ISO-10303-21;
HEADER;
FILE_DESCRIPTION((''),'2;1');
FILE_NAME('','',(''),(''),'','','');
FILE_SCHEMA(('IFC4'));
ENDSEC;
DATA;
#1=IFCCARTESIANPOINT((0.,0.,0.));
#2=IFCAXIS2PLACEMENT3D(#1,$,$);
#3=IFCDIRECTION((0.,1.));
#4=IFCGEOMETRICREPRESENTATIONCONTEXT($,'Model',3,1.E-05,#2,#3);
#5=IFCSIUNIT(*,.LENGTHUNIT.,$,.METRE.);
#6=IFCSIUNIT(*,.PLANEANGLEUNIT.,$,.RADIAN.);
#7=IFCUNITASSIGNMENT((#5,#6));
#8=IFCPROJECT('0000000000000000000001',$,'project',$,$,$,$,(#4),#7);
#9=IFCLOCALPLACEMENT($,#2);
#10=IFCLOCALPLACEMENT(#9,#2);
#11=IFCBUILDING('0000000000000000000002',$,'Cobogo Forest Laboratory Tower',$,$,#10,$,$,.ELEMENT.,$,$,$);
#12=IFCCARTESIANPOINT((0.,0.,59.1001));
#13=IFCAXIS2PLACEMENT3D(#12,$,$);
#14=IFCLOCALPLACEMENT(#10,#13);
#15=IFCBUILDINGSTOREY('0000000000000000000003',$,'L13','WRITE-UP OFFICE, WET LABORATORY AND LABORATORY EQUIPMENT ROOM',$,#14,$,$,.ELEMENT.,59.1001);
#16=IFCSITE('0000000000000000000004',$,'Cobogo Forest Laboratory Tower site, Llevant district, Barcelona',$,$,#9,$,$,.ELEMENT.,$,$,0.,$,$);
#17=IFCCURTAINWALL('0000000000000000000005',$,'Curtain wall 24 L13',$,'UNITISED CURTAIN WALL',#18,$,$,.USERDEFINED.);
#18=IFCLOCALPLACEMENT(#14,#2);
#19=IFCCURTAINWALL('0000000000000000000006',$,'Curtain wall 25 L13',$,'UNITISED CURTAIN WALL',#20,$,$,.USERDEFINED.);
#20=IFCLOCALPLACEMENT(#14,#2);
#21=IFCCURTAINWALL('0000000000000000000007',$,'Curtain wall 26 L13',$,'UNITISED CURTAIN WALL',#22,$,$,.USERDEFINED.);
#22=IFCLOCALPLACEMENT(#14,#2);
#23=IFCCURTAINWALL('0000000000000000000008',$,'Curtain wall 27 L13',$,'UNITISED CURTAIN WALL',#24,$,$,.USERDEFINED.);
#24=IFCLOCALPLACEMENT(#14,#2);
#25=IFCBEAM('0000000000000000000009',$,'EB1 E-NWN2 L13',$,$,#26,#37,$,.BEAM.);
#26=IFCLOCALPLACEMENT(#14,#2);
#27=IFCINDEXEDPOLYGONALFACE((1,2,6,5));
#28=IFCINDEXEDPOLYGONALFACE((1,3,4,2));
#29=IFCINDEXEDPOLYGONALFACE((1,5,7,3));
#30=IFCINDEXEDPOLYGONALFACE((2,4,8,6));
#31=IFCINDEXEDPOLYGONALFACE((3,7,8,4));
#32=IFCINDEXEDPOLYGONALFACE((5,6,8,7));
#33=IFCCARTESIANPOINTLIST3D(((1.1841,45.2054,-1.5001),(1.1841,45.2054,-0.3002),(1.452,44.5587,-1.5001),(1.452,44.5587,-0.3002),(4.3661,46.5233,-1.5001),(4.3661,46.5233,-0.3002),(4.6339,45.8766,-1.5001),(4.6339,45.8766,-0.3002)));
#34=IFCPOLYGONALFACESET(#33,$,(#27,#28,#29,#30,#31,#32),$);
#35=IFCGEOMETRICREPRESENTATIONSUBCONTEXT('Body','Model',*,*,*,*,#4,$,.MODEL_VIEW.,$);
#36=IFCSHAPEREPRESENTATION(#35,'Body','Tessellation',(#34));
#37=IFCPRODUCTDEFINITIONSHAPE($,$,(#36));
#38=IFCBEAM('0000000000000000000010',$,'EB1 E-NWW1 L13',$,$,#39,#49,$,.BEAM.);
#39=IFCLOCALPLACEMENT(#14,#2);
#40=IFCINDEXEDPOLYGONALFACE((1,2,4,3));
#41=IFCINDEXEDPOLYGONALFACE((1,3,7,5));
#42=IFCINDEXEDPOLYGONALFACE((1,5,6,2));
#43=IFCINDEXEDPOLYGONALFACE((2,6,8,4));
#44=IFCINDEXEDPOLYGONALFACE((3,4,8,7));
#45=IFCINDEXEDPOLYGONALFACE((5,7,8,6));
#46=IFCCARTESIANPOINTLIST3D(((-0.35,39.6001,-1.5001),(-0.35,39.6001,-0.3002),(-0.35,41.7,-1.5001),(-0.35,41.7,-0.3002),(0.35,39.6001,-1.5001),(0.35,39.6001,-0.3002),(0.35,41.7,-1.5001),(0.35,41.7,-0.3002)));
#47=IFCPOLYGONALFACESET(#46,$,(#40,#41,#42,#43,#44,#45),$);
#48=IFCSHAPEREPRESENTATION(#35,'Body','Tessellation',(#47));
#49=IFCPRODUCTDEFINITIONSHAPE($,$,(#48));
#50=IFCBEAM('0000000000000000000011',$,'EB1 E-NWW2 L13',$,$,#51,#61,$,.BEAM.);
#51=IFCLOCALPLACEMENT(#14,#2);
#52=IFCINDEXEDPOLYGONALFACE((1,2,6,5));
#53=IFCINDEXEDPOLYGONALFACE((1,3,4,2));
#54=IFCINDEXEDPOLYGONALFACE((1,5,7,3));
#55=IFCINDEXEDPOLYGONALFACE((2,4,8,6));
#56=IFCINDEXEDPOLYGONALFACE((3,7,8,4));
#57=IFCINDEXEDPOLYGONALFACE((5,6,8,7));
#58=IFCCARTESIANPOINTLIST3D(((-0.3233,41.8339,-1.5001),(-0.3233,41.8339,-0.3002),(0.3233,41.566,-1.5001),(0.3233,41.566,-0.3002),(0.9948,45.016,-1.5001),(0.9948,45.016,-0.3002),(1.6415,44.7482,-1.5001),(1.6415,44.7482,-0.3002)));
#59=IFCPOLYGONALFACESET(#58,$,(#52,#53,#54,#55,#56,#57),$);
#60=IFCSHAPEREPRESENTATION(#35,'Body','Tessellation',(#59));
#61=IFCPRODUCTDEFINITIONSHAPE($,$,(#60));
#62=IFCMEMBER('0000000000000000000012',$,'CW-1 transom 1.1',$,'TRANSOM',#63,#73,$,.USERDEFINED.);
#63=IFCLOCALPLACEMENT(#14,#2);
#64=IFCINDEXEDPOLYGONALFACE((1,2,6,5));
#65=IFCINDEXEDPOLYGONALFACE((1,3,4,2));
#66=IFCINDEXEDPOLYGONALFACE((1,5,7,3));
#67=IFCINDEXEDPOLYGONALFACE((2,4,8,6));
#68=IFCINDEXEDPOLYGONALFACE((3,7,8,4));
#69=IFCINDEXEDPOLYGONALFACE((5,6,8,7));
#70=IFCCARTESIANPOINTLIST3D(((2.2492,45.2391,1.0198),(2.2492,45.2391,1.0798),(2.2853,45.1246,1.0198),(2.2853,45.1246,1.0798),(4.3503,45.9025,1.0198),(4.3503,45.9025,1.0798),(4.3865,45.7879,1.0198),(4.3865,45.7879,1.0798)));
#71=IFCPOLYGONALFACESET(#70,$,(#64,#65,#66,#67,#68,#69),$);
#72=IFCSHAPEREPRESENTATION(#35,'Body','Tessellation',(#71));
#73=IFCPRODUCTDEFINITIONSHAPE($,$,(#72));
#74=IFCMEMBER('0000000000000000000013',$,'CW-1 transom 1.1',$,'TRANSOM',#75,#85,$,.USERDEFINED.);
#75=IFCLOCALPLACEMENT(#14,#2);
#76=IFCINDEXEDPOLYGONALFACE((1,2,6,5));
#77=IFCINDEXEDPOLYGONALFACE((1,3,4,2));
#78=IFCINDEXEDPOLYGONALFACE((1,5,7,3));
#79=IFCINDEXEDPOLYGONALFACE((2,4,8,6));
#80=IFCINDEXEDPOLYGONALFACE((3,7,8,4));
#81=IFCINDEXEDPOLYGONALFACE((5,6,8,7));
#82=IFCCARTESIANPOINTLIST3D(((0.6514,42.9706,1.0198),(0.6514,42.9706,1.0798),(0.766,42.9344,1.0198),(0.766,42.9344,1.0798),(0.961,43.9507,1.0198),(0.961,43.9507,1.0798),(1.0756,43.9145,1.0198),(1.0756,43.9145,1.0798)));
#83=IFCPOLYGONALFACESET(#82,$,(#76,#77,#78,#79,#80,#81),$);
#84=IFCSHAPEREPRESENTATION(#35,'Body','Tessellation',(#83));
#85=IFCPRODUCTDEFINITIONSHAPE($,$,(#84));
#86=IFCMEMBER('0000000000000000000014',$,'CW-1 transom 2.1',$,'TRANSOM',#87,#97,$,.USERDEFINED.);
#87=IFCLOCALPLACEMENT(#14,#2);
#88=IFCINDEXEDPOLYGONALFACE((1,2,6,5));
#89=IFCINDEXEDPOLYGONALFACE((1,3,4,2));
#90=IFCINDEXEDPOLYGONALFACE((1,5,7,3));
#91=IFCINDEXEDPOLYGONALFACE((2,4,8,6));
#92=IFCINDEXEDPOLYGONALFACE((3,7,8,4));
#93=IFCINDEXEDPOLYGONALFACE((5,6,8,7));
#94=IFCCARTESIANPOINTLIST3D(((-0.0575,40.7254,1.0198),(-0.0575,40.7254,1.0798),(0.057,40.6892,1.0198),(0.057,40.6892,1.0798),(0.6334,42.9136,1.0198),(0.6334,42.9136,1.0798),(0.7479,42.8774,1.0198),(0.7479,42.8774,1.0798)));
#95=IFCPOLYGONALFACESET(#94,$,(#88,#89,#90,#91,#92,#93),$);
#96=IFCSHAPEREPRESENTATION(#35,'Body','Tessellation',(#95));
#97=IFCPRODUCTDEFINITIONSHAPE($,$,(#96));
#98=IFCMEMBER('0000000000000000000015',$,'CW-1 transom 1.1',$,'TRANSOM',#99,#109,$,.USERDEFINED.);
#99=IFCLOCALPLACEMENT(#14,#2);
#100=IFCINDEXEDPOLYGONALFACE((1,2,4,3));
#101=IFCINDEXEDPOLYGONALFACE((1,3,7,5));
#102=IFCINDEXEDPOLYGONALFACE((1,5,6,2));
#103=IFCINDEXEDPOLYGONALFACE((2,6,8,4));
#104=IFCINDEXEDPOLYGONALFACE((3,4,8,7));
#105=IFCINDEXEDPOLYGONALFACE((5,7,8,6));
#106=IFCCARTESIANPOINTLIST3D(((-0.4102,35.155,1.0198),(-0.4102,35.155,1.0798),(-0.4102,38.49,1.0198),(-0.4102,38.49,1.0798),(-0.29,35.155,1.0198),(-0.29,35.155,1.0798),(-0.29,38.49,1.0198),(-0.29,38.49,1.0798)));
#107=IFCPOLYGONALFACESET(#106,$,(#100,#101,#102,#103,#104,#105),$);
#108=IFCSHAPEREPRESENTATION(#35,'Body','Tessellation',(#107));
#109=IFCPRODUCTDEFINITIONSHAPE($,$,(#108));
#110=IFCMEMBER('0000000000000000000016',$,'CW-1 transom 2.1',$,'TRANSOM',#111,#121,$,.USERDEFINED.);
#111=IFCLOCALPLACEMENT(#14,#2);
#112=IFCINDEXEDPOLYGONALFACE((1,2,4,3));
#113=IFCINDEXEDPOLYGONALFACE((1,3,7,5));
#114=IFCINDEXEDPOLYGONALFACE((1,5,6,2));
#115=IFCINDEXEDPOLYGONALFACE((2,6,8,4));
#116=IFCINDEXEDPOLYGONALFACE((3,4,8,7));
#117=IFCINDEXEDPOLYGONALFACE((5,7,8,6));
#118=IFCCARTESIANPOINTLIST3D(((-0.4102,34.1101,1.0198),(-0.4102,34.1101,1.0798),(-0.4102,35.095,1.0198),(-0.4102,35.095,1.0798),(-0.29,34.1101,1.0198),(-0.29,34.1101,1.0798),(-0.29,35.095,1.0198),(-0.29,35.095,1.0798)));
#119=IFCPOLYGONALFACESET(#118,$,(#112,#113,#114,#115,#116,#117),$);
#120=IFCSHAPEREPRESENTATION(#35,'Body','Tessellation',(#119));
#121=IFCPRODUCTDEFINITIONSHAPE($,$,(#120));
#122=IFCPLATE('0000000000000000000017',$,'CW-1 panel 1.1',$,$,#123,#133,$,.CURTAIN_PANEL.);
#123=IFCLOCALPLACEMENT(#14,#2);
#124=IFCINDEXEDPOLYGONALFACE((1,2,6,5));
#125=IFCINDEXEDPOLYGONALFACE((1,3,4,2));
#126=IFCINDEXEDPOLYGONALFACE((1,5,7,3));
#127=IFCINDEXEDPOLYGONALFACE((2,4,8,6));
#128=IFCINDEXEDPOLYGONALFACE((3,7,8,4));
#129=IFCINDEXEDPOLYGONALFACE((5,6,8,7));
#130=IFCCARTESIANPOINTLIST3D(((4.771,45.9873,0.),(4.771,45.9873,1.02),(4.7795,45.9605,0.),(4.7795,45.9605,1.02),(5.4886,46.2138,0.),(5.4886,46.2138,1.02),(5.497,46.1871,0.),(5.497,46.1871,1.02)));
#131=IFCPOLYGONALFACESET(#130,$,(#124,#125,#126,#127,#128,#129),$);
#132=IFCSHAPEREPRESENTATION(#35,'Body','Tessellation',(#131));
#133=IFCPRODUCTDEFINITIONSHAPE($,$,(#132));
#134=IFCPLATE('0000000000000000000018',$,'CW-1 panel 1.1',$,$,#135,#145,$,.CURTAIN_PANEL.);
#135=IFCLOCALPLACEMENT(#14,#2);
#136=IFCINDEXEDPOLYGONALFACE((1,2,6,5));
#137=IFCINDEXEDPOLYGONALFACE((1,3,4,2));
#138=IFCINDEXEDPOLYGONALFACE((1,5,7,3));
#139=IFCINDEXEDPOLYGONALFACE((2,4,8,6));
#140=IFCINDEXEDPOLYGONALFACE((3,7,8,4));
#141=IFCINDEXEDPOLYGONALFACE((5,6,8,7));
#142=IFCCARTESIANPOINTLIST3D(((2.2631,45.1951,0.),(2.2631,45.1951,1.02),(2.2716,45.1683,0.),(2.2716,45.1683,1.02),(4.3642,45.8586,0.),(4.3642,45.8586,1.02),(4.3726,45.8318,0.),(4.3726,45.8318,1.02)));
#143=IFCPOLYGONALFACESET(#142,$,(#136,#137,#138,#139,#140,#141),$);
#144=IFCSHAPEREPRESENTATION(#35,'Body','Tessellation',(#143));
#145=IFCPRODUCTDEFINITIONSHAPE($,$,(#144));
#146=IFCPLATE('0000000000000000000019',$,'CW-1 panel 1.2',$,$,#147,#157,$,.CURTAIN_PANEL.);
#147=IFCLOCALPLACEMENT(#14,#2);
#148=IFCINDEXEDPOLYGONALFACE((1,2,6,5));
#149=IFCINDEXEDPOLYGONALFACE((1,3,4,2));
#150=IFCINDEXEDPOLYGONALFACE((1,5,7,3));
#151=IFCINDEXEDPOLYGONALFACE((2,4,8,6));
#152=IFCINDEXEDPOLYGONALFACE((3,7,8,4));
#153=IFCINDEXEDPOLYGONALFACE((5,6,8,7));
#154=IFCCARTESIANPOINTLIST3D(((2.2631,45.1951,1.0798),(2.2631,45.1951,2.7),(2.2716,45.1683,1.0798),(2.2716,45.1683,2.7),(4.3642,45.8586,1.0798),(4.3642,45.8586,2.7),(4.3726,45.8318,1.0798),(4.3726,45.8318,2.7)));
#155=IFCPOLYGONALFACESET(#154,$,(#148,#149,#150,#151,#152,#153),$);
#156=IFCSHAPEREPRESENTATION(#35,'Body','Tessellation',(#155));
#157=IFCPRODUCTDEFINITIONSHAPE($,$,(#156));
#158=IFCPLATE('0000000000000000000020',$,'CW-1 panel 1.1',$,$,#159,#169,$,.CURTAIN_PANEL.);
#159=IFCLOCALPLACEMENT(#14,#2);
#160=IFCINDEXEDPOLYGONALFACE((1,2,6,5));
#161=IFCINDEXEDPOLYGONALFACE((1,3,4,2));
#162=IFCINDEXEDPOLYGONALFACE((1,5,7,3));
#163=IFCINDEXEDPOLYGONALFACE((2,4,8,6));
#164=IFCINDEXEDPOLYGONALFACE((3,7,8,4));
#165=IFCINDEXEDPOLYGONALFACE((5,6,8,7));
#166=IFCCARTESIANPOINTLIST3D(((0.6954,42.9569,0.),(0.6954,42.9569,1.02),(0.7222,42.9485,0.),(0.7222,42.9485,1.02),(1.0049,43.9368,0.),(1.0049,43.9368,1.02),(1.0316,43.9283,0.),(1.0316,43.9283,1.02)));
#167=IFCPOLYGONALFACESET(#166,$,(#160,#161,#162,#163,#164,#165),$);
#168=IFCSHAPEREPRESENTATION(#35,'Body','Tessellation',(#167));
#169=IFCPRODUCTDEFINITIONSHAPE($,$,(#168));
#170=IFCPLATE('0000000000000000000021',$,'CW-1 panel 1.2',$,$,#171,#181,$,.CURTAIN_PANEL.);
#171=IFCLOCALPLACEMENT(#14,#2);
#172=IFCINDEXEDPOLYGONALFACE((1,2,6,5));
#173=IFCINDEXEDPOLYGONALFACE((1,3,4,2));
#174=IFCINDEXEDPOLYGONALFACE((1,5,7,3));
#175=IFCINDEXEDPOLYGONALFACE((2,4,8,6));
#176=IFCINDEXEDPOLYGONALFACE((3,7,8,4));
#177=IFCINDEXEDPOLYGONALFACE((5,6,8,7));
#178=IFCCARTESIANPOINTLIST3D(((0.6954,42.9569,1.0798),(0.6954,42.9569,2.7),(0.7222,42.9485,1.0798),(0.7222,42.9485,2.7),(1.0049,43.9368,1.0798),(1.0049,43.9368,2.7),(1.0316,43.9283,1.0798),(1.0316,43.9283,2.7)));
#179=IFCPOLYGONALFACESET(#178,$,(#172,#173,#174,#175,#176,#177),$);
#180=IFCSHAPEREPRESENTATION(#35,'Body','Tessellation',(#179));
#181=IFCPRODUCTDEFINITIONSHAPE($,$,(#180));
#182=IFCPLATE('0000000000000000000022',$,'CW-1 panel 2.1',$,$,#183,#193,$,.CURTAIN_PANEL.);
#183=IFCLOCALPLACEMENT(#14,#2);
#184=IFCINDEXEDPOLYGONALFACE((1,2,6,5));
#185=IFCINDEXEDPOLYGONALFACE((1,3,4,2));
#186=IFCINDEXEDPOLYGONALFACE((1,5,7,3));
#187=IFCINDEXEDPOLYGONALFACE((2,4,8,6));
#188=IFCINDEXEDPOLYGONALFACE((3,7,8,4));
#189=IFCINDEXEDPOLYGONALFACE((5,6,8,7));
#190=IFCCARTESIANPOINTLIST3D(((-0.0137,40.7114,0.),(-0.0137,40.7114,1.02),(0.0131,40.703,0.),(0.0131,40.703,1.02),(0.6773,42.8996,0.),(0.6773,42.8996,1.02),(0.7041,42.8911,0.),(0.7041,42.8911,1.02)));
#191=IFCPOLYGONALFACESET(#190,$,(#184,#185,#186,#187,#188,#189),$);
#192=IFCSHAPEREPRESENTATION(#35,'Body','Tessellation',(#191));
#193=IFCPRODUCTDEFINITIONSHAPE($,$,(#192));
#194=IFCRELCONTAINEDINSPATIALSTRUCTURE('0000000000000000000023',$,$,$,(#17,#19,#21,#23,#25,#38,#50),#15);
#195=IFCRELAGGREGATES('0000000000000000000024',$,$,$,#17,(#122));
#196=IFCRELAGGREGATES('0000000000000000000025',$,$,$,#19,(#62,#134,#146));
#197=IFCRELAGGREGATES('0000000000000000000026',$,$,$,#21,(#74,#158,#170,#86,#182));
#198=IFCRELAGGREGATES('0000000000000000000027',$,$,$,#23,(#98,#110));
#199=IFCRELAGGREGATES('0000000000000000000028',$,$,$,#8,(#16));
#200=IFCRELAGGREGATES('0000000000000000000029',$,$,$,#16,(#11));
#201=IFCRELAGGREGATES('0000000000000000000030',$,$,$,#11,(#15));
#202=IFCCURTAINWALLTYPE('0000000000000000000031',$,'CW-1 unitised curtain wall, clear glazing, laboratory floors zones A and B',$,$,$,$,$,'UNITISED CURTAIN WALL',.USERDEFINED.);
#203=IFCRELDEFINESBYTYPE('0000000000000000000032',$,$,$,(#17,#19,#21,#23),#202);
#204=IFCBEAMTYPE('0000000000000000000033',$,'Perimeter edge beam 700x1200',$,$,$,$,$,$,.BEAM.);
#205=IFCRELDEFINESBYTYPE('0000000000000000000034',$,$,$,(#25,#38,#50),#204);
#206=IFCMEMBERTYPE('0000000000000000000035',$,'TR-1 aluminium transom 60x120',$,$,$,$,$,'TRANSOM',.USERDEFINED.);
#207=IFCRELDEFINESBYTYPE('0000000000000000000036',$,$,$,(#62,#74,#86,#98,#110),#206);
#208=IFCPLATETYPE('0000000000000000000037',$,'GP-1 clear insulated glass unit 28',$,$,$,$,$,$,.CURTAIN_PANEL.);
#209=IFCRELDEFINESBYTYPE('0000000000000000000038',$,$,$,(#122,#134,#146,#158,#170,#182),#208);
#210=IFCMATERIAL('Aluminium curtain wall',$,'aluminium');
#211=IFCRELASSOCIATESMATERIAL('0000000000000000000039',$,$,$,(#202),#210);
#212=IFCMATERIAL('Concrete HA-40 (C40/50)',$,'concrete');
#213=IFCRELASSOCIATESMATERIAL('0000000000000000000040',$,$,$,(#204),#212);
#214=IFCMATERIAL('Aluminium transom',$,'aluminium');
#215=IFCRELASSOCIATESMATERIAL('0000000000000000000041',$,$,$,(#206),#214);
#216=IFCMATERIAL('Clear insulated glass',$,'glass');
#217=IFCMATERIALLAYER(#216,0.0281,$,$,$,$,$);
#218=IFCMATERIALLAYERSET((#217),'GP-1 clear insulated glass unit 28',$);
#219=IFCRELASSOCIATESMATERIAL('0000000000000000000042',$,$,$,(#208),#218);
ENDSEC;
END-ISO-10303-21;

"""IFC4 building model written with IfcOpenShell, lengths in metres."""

from ifc_helpers import new_model, si_unit, direction, frame, origin, origin_2d, place, context, subcontext, project, spatial, rectangle, extrude, material, layer, layer_set, material_profile, profile_set, type_object, element, aggregate, save


model = new_model("IFC4")

# Units and contexts
model_context = context("Model", 3, precision=1e-05, world=origin(), true_north=direction((0.0, 1.0)))
body_context = subcontext(model_context, "Body", "Model", "MODEL_VIEW")
ifc_project = project(units=[si_unit("LENGTHUNIT", "METRE"), si_unit("PLANEANGLEUNIT", "RADIAN")], contexts=[model_context])

# Site, building, storey
site_placement = place(None, origin())
site = spatial("IfcSite", under=ifc_project, at=site_placement, Name="Cobogo Forest Laboratory Tower site, Llevant district, Barcelona", CompositionType="ELEMENT", RefElevation=0.0)
building_placement = place(site_placement, origin())
building = spatial("IfcBuilding", under=site, at=building_placement, Name="Cobogo Forest Laboratory Tower", CompositionType="ELEMENT")
storey_placement = place(building_placement, frame((0.0, 0.0, 59.1001)))
storey = spatial("IfcBuildingStorey", under=building, at=storey_placement, Name="L13", Description="WRITE-UP OFFICE, WET LABORATORY AND LABORATORY EQUIPMENT ROOM", CompositionType="ELEMENT", Elevation=59.1001)

# Curtain wall
ifc_material_1 = material(Name="Aluminium curtain wall", Category="aluminium")
curtain_wall_type = type_object("IfcCurtainWallType", Name="CW-1 unitised curtain wall, clear glazing, laboratory floors zones A and B", ElementType="UNITISED CURTAIN WALL", PredefinedType="USERDEFINED", material=ifc_material_1)
curtain_wall_1_placement = place(storey_placement, origin())
curtain_wall_1 = element("IfcCurtainWall", 1, at=curtain_wall_1_placement, inside=storey, type_object=curtain_wall_type, Name="Curtain wall 24 L13", ObjectType="UNITISED CURTAIN WALL", PredefinedType="USERDEFINED")

# Curtain walls
curtain_wall_2_placement = place(storey_placement, origin())
curtain_wall_2 = element("IfcCurtainWall", 2, at=curtain_wall_2_placement, inside=storey, type_object=curtain_wall_type, Name="Curtain wall 25 L13", ObjectType="UNITISED CURTAIN WALL", PredefinedType="USERDEFINED")
curtain_wall_3_placement = place(storey_placement, origin())
curtain_wall_3 = element("IfcCurtainWall", 3, at=curtain_wall_3_placement, inside=storey, type_object=curtain_wall_type, Name="Curtain wall 26 L13", ObjectType="UNITISED CURTAIN WALL", PredefinedType="USERDEFINED")
curtain_wall_4_placement = place(storey_placement, origin())
curtain_wall_4 = element("IfcCurtainWall", 4, at=curtain_wall_4_placement, inside=storey, type_object=curtain_wall_type, Name="Curtain wall 27 L13", ObjectType="UNITISED CURTAIN WALL", PredefinedType="USERDEFINED")

# Beams
ifc_material_2 = material(Name="Concrete HA-40 (C40/50)", Category="concrete")
ifc_material_profile_1 = material_profile(ifc_material_2, rectangle(XDim=0.7, YDim=1.2, at=origin_2d()), Name="RC 700x1200")
ifc_profile_set_1 = profile_set([ifc_material_profile_1], Name="Concrete HA-40 (C40/50)")
beam_type_1 = type_object("IfcBeamType", Name="Perimeter edge beam 700x1200", PredefinedType="BEAM", material=ifc_profile_set_1)
beam_1_placement = place(storey_placement, frame((4.5, 46.2, -0.9001), z_axis=(-0.923891, -0.382656, 0.0), x_axis=(0.382656, -0.923891, 0.0)))
element("IfcBeam", 5, at=beam_1_placement, inside=storey, type_object=beam_type_1, Name="EB1 E-NWN2 L13", PredefinedType="BEAM", context=body_context, shape_type="SweptSolid", body=[
    extrude(rectangle(XDim=0.7, YDim=1.2, at=origin_2d()), origin(), (0.0, 0.0, 1.0), 3.4441),
])
beam_2_placement = place(storey_placement, frame((0.0, 39.6001, -0.9001), z_axis=(0.0, 1.0, 0.0), x_axis=(-1.0, 0.0, 0.0)))
element("IfcBeam", 6, at=beam_2_placement, inside=storey, type_object=beam_type_1, Name="EB1 E-NWW1 L13", PredefinedType="BEAM", context=body_context, shape_type="SweptSolid", body=[
    extrude(rectangle(XDim=0.7, YDim=1.2, at=origin_2d()), origin(), (0.0, 0.0, 1.0), 2.0999),
])
beam_3_placement = place(storey_placement, frame((0.0, 41.7, -0.9001), z_axis=(0.382692, 0.923876, 0.0), x_axis=(-0.923876, 0.382692, 0.0)))
element("IfcBeam", 7, at=beam_3_placement, inside=storey, type_object=beam_type_1, Name="EB1 E-NWW2 L13", PredefinedType="BEAM", context=body_context, shape_type="SweptSolid", body=[
    extrude(rectangle(XDim=0.7, YDim=1.2, at=origin_2d()), origin(), (0.0, 0.0, 1.0), 3.4443),
])

# Members
ifc_material_3 = material(Name="Aluminium transom", Category="aluminium")
ifc_material_profile_2 = material_profile(ifc_material_3, rectangle(XDim=0.1201, YDim=0.0601, at=origin_2d()), Name="AL 60x120")
ifc_profile_set_2 = profile_set([ifc_material_profile_2], Name="Aluminium transom")
member_type_1 = type_object("IfcMemberType", Name="TR-1 aluminium transom 60x120", ElementType="TRANSOM", PredefinedType="USERDEFINED", material=ifc_profile_set_2)
member_1_placement = place(storey_placement, frame((4.3684, 45.8452, 1.0498), z_axis=(-0.953604, -0.301062, 0.0), x_axis=(0.301062, -0.953604, 0.0)))
member_1 = element("IfcMember", 8, at=member_1_placement, type_object=member_type_1, Name="CW-1 transom 1.1", ObjectType="TRANSOM", PredefinedType="USERDEFINED", context=body_context, shape_type="SweptSolid", body=[
    extrude(rectangle(XDim=0.1201, YDim=0.0601, at=origin_2d()), origin(), (0.0, 0.0, 1.0), 2.2034),
])
member_2_placement = place(storey_placement, frame((1.0183, 43.9326, 1.0498), z_axis=(-0.301222, -0.953554, 0.0), x_axis=(0.953554, -0.301222, 0.0)))
member_2 = element("IfcMember", 9, at=member_2_placement, type_object=member_type_1, Name="CW-1 transom 1.1", ObjectType="TRANSOM", PredefinedType="USERDEFINED", context=body_context, shape_type="SweptSolid", body=[
    extrude(rectangle(XDim=0.1201, YDim=0.0601, at=origin_2d()), origin(), (0.0, 0.0, 1.0), 1.0278),
])
member_3_placement = place(storey_placement, frame((0.6907, 42.8955, 1.0498), z_axis=(-0.301091, -0.953596, 0.0), x_axis=(0.953596, -0.301091, 0.0)))
member_3 = element("IfcMember", 10, at=member_3_placement, type_object=member_type_1, Name="CW-1 transom 2.1", ObjectType="TRANSOM", PredefinedType="USERDEFINED", context=body_context, shape_type="SweptSolid", body=[
    extrude(rectangle(XDim=0.1201, YDim=0.0601, at=origin_2d()), origin(), (0.0, 0.0, 1.0), 2.2947),
])
member_4_placement = place(storey_placement, frame((-0.3501, 38.49, 1.0498), z_axis=(0.0, -1.0, 0.0), x_axis=(1.0, 0.0, 0.0)))
member_4 = element("IfcMember", 11, at=member_4_placement, type_object=member_type_1, Name="CW-1 transom 1.1", ObjectType="TRANSOM", PredefinedType="USERDEFINED", context=body_context, shape_type="SweptSolid", body=[
    extrude(rectangle(XDim=0.1201, YDim=0.0601, at=origin_2d()), origin(), (0.0, 0.0, 1.0), 3.335),
])
member_5_placement = place(storey_placement, frame((-0.3501, 35.095, 1.0498), z_axis=(0.0, -1.0, 0.0), x_axis=(1.0, 0.0, 0.0)))
member_5 = element("IfcMember", 12, at=member_5_placement, type_object=member_type_1, Name="CW-1 transom 2.1", ObjectType="TRANSOM", PredefinedType="USERDEFINED", context=body_context, shape_type="SweptSolid", body=[
    extrude(rectangle(XDim=0.1201, YDim=0.0601, at=origin_2d()), origin(), (0.0, 0.0, 1.0), 0.9849),
])

# Plates
ifc_material_4 = material(Name="Clear insulated glass", Category="glass")
ifc_layer_1 = layer(ifc_material_4, 0.0281)
ifc_layer_set_1 = layer_set([ifc_layer_1], Name="GP-1 clear insulated glass unit 28")
plate_type_1 = type_object("IfcPlateType", Name="GP-1 clear insulated glass unit 28", PredefinedType="CURTAIN_PANEL", material=ifc_layer_set_1)
plate_1_placement = place(storey_placement, frame((5.134, 46.0872, 0.0), z_axis=(0.0, 0.0, 1.0), x_axis=(-0.953582, -0.301135, 0.0)))
plate_1 = element("IfcPlate", 13, at=plate_1_placement, type_object=plate_type_1, Name="CW-1 panel 1.1", PredefinedType="CURTAIN_PANEL", context=body_context, shape_type="SweptSolid", body=[
    extrude(rectangle(XDim=0.7524, YDim=0.0281, at=origin_2d()), origin(), (0.0, 0.0, 1.0), 1.02),
])
aggregate(curtain_wall_1, [plate_1])
plate_2_placement = place(storey_placement, frame((3.3179, 45.5134, 0.0), z_axis=(0.0, 0.0, 1.0), x_axis=(-0.953581, -0.301135, 0.0)))
plate_2 = element("IfcPlate", 14, at=plate_2_placement, type_object=plate_type_1, Name="CW-1 panel 1.1", PredefinedType="CURTAIN_PANEL", context=body_context, shape_type="SweptSolid", body=[
    extrude(rectangle(XDim=2.2034, YDim=0.0281, at=origin_2d()), origin(), (0.0, 0.0, 1.0), 1.02),
])
plate_3_placement = place(storey_placement, frame((3.3179, 45.5134, 1.0798), z_axis=(0.0, 0.0, 1.0), x_axis=(-0.953581, -0.301135, 0.0)))
plate_3 = element("IfcPlate", 15, at=plate_3_placement, type_object=plate_type_1, Name="CW-1 panel 1.2", PredefinedType="CURTAIN_PANEL", context=body_context, shape_type="SweptSolid", body=[
    extrude(rectangle(XDim=2.2034, YDim=0.0281, at=origin_2d()), origin(), (0.0, 0.0, 1.0), 1.6201),
])
aggregate(curtain_wall_2, [member_1, plate_2, plate_3])
plate_4_placement = place(storey_placement, frame((0.8635, 43.4426, 0.0), z_axis=(0.0, 0.0, 1.0), x_axis=(-0.301135, -0.953581, 0.0)))
plate_4 = element("IfcPlate", 16, at=plate_4_placement, type_object=plate_type_1, Name="CW-1 panel 1.1", PredefinedType="CURTAIN_PANEL", context=body_context, shape_type="SweptSolid", body=[
    extrude(rectangle(XDim=1.0276, YDim=0.0281, at=origin_2d()), origin(), (0.0, 0.0, 1.0), 1.02),
])
plate_5_placement = place(storey_placement, frame((0.8635, 43.4426, 1.0798), z_axis=(0.0, 0.0, 1.0), x_axis=(-0.301135, -0.953581, 0.0)))
plate_5 = element("IfcPlate", 17, at=plate_5_placement, type_object=plate_type_1, Name="CW-1 panel 1.2", PredefinedType="CURTAIN_PANEL", context=body_context, shape_type="SweptSolid", body=[
    extrude(rectangle(XDim=1.0276, YDim=0.0281, at=origin_2d()), origin(), (0.0, 0.0, 1.0), 1.6201),
])
plate_6_placement = place(storey_placement, frame((0.3452, 41.8013, 0.0), z_axis=(0.0, 0.0, 1.0), x_axis=(-0.301135, -0.953581, 0.0)))
plate_6 = element("IfcPlate", 18, at=plate_6_placement, type_object=plate_type_1, Name="CW-1 panel 2.1", PredefinedType="CURTAIN_PANEL", context=body_context, shape_type="SweptSolid", body=[
    extrude(rectangle(XDim=2.2947, YDim=0.0281, at=origin_2d()), origin(), (0.0, 0.0, 1.0), 1.02),
])
aggregate(curtain_wall_3, [member_2, plate_4, plate_5, member_3, plate_6])
aggregate(curtain_wall_4, [member_4, member_5])

save(model, "model.ifc")
